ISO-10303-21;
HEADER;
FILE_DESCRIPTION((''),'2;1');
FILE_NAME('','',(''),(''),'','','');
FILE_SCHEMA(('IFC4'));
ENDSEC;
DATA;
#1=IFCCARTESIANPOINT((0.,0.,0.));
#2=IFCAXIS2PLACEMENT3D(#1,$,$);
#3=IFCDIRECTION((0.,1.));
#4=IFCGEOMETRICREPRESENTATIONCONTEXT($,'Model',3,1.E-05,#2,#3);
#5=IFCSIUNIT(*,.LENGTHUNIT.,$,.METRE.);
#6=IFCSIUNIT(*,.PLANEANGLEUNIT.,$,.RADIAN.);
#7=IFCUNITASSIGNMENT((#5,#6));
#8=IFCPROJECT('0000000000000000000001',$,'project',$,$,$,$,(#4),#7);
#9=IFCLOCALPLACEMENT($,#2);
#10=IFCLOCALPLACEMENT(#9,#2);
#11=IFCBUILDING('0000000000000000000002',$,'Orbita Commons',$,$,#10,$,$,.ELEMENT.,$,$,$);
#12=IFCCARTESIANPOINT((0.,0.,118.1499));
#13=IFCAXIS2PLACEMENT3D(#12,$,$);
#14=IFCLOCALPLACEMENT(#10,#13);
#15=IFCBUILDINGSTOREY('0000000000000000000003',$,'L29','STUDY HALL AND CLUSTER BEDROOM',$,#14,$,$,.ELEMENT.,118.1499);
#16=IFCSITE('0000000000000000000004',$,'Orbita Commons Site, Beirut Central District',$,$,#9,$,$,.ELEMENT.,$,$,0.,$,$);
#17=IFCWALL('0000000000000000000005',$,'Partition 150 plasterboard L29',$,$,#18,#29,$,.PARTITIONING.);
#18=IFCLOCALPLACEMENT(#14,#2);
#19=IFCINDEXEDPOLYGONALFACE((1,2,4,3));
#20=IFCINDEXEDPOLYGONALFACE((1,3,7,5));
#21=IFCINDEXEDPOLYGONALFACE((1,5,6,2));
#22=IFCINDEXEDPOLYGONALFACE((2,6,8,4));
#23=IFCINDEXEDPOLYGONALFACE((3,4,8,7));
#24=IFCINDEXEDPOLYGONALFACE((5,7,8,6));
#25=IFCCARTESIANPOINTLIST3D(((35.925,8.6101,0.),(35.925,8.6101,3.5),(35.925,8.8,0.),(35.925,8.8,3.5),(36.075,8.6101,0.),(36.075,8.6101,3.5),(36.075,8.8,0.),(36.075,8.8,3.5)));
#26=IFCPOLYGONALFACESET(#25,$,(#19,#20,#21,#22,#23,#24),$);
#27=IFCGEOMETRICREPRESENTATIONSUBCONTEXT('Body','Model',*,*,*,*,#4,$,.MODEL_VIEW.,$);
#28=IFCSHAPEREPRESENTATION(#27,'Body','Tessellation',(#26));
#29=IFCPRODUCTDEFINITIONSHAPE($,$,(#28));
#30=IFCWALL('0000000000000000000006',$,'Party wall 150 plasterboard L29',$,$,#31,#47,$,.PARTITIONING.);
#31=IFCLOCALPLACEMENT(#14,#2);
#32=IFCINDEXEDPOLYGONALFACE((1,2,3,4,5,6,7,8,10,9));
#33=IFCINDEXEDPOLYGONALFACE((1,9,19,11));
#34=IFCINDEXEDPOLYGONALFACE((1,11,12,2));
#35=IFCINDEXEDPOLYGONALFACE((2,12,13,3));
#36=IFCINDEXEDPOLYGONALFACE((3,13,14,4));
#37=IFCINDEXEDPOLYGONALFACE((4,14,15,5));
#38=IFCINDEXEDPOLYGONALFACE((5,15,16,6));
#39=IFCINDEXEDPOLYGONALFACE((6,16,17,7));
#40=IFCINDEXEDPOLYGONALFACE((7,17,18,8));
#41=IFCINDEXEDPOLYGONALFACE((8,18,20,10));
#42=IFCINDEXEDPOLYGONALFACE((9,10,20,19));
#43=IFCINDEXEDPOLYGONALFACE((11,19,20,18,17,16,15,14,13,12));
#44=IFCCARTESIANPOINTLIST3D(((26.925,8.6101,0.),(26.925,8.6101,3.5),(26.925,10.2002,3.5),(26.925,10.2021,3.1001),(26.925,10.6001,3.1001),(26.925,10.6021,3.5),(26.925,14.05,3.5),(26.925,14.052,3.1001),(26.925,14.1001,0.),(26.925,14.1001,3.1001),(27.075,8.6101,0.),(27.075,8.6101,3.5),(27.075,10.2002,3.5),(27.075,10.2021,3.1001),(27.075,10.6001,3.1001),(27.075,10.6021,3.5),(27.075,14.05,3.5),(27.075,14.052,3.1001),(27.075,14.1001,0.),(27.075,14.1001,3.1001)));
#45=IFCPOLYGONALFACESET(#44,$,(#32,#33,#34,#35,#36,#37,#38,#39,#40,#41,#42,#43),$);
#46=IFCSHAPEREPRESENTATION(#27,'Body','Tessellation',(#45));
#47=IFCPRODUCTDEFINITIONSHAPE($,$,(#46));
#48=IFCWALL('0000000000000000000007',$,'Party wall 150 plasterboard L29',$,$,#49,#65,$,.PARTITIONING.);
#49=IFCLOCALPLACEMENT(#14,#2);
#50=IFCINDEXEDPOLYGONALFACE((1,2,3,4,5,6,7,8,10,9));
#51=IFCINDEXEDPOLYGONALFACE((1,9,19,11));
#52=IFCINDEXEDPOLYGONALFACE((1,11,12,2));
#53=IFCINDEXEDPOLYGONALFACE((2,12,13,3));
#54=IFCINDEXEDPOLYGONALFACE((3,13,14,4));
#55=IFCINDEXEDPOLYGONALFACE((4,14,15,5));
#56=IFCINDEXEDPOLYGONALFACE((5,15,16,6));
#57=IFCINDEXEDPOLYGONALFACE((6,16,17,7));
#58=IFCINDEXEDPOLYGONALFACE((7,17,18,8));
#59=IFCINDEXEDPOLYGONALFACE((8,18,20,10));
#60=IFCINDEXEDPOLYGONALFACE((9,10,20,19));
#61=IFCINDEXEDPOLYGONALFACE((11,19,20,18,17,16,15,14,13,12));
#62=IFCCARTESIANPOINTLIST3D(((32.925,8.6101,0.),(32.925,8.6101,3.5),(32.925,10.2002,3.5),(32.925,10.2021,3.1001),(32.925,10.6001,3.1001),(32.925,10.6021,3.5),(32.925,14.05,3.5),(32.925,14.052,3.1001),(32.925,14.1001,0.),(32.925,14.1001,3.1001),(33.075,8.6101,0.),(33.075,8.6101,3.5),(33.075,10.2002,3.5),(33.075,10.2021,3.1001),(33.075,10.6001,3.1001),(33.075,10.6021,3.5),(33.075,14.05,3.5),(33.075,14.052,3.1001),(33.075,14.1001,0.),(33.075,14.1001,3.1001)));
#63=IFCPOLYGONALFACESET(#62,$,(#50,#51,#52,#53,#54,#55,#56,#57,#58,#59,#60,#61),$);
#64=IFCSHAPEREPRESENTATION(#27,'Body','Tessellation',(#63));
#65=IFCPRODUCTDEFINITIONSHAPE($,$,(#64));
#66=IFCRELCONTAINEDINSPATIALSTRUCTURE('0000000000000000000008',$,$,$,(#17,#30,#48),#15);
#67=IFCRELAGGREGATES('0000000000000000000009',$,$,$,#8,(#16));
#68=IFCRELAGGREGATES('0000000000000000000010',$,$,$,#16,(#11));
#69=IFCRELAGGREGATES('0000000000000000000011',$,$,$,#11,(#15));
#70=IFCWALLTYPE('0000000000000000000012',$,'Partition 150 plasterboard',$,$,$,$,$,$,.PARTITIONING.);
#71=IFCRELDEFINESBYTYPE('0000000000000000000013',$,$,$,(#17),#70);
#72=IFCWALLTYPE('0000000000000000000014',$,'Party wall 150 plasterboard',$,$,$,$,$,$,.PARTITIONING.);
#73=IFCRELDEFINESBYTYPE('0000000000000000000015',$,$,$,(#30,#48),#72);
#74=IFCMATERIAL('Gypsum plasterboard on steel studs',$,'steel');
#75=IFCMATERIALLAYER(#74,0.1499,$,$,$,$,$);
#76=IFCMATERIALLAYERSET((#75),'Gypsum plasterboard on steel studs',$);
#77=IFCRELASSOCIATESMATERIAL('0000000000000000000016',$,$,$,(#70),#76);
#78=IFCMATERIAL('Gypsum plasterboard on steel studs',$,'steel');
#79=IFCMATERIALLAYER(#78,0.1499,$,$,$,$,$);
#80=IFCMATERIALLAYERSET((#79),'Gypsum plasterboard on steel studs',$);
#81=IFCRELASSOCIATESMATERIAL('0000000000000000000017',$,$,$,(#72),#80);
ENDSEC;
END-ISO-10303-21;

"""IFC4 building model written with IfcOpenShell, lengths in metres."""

from ifc_helpers import new_model, si_unit, direction, frame, frame_2d, origin, place, context, subcontext, project, spatial, polyline, rectangle, outline, extrude, material, layer, layer_set, type_object, element, save


model = new_model("IFC4")

# Units and contexts
model_context = context("Model", 3, precision=1e-05, world=origin(), true_north=direction((0.0, 1.0)))
body_context = subcontext(model_context, "Body", "Model", "MODEL_VIEW")
ifc_project = project(units=[si_unit("LENGTHUNIT", "METRE"), si_unit("PLANEANGLEUNIT", "RADIAN")], contexts=[model_context])

# Site, building, storey
site_placement = place(None, origin())
site = spatial("IfcSite", under=ifc_project, at=site_placement, Name="Orbita Commons Site, Beirut Central District", CompositionType="ELEMENT", RefElevation=0.0)
building_placement = place(site_placement, origin())
building = spatial("IfcBuilding", under=site, at=building_placement, Name="Orbita Commons", CompositionType="ELEMENT")
storey_placement = place(building_placement, frame((0.0, 0.0, 118.1499)))
storey = spatial("IfcBuildingStorey", under=building, at=storey_placement, Name="L29", Description="STUDY HALL AND CLUSTER BEDROOM", CompositionType="ELEMENT", Elevation=118.1499)

# Walls
ifc_material_1 = material(Name="Gypsum plasterboard on steel studs", Category="steel")
ifc_layer_1 = layer(ifc_material_1, 0.1499)
ifc_layer_set_1 = layer_set([ifc_layer_1], Name="Gypsum plasterboard on steel studs")
wall_type_1 = type_object("IfcWallType", Name="Partition 150 plasterboard", PredefinedType="PARTITIONING", material=ifc_layer_set_1)
for number, where, z_axis, x_axis, name in (
    (1, (36.0, 8.8, 0.0), (0.0, 0.0, 1.0), (0.0, -1.0, 0.0), "Partition 150 plasterboard L29"),
):
    element("IfcWall", number, at=place(storey_placement, frame(where, z_axis=z_axis, x_axis=x_axis)), inside=storey, type_object=wall_type_1, Name=name, PredefinedType="PARTITIONING", context=body_context, shape_type="SweptSolid", body=[
        extrude(rectangle(XDim=0.1899, YDim=0.1499, at=frame_2d((0.095, 0.0))), origin(), (0.0, 0.0, 1.0), 3.5),
    ])
ifc_material_2 = material(Name="Gypsum plasterboard on steel studs", Category="steel")
ifc_layer_2 = layer(ifc_material_2, 0.1499)
ifc_layer_set_2 = layer_set([ifc_layer_2], Name="Gypsum plasterboard on steel studs")
wall_type_2 = type_object("IfcWallType", Name="Party wall 150 plasterboard", PredefinedType="PARTITIONING", material=ifc_layer_set_2)
for number, where, z_axis, x_axis, name in (
    (2, (27.0, 8.6101, 0.0), (0.0, 0.0, 1.0), (0.0, 1.0, 0.0), "Party wall 150 plasterboard L29"),
    (3, (33.0, 8.6101, 0.0), (0.0, 0.0, 1.0), (0.0, 1.0, 0.0), "Party wall 150 plasterboard L29"),
):
    element("IfcWall", number, at=place(storey_placement, frame(where, z_axis=z_axis, x_axis=x_axis)), inside=storey, type_object=wall_type_2, Name=name, PredefinedType="PARTITIONING", context=body_context, shape_type="SweptSolid", body=[
        extrude(outline(polyline([(0.0, 0.0), (5.49, 0.0), (5.49, 3.1001), (5.4419, 3.1001), (5.4399, 3.5), (1.9919, 3.5), (1.99, 3.1001), (1.592, 3.1001), (1.5901, 3.5), (0.0, 3.5), (0.0, 0.0)])), frame((0.0, 0.075, 0.0), z_axis=(0.0, -1.0, 0.0), x_axis=(1.0, 0.0, 0.0)), (0.0, 0.0, 1.0), 0.1499),
    ])

save(model, "model.ifc")
